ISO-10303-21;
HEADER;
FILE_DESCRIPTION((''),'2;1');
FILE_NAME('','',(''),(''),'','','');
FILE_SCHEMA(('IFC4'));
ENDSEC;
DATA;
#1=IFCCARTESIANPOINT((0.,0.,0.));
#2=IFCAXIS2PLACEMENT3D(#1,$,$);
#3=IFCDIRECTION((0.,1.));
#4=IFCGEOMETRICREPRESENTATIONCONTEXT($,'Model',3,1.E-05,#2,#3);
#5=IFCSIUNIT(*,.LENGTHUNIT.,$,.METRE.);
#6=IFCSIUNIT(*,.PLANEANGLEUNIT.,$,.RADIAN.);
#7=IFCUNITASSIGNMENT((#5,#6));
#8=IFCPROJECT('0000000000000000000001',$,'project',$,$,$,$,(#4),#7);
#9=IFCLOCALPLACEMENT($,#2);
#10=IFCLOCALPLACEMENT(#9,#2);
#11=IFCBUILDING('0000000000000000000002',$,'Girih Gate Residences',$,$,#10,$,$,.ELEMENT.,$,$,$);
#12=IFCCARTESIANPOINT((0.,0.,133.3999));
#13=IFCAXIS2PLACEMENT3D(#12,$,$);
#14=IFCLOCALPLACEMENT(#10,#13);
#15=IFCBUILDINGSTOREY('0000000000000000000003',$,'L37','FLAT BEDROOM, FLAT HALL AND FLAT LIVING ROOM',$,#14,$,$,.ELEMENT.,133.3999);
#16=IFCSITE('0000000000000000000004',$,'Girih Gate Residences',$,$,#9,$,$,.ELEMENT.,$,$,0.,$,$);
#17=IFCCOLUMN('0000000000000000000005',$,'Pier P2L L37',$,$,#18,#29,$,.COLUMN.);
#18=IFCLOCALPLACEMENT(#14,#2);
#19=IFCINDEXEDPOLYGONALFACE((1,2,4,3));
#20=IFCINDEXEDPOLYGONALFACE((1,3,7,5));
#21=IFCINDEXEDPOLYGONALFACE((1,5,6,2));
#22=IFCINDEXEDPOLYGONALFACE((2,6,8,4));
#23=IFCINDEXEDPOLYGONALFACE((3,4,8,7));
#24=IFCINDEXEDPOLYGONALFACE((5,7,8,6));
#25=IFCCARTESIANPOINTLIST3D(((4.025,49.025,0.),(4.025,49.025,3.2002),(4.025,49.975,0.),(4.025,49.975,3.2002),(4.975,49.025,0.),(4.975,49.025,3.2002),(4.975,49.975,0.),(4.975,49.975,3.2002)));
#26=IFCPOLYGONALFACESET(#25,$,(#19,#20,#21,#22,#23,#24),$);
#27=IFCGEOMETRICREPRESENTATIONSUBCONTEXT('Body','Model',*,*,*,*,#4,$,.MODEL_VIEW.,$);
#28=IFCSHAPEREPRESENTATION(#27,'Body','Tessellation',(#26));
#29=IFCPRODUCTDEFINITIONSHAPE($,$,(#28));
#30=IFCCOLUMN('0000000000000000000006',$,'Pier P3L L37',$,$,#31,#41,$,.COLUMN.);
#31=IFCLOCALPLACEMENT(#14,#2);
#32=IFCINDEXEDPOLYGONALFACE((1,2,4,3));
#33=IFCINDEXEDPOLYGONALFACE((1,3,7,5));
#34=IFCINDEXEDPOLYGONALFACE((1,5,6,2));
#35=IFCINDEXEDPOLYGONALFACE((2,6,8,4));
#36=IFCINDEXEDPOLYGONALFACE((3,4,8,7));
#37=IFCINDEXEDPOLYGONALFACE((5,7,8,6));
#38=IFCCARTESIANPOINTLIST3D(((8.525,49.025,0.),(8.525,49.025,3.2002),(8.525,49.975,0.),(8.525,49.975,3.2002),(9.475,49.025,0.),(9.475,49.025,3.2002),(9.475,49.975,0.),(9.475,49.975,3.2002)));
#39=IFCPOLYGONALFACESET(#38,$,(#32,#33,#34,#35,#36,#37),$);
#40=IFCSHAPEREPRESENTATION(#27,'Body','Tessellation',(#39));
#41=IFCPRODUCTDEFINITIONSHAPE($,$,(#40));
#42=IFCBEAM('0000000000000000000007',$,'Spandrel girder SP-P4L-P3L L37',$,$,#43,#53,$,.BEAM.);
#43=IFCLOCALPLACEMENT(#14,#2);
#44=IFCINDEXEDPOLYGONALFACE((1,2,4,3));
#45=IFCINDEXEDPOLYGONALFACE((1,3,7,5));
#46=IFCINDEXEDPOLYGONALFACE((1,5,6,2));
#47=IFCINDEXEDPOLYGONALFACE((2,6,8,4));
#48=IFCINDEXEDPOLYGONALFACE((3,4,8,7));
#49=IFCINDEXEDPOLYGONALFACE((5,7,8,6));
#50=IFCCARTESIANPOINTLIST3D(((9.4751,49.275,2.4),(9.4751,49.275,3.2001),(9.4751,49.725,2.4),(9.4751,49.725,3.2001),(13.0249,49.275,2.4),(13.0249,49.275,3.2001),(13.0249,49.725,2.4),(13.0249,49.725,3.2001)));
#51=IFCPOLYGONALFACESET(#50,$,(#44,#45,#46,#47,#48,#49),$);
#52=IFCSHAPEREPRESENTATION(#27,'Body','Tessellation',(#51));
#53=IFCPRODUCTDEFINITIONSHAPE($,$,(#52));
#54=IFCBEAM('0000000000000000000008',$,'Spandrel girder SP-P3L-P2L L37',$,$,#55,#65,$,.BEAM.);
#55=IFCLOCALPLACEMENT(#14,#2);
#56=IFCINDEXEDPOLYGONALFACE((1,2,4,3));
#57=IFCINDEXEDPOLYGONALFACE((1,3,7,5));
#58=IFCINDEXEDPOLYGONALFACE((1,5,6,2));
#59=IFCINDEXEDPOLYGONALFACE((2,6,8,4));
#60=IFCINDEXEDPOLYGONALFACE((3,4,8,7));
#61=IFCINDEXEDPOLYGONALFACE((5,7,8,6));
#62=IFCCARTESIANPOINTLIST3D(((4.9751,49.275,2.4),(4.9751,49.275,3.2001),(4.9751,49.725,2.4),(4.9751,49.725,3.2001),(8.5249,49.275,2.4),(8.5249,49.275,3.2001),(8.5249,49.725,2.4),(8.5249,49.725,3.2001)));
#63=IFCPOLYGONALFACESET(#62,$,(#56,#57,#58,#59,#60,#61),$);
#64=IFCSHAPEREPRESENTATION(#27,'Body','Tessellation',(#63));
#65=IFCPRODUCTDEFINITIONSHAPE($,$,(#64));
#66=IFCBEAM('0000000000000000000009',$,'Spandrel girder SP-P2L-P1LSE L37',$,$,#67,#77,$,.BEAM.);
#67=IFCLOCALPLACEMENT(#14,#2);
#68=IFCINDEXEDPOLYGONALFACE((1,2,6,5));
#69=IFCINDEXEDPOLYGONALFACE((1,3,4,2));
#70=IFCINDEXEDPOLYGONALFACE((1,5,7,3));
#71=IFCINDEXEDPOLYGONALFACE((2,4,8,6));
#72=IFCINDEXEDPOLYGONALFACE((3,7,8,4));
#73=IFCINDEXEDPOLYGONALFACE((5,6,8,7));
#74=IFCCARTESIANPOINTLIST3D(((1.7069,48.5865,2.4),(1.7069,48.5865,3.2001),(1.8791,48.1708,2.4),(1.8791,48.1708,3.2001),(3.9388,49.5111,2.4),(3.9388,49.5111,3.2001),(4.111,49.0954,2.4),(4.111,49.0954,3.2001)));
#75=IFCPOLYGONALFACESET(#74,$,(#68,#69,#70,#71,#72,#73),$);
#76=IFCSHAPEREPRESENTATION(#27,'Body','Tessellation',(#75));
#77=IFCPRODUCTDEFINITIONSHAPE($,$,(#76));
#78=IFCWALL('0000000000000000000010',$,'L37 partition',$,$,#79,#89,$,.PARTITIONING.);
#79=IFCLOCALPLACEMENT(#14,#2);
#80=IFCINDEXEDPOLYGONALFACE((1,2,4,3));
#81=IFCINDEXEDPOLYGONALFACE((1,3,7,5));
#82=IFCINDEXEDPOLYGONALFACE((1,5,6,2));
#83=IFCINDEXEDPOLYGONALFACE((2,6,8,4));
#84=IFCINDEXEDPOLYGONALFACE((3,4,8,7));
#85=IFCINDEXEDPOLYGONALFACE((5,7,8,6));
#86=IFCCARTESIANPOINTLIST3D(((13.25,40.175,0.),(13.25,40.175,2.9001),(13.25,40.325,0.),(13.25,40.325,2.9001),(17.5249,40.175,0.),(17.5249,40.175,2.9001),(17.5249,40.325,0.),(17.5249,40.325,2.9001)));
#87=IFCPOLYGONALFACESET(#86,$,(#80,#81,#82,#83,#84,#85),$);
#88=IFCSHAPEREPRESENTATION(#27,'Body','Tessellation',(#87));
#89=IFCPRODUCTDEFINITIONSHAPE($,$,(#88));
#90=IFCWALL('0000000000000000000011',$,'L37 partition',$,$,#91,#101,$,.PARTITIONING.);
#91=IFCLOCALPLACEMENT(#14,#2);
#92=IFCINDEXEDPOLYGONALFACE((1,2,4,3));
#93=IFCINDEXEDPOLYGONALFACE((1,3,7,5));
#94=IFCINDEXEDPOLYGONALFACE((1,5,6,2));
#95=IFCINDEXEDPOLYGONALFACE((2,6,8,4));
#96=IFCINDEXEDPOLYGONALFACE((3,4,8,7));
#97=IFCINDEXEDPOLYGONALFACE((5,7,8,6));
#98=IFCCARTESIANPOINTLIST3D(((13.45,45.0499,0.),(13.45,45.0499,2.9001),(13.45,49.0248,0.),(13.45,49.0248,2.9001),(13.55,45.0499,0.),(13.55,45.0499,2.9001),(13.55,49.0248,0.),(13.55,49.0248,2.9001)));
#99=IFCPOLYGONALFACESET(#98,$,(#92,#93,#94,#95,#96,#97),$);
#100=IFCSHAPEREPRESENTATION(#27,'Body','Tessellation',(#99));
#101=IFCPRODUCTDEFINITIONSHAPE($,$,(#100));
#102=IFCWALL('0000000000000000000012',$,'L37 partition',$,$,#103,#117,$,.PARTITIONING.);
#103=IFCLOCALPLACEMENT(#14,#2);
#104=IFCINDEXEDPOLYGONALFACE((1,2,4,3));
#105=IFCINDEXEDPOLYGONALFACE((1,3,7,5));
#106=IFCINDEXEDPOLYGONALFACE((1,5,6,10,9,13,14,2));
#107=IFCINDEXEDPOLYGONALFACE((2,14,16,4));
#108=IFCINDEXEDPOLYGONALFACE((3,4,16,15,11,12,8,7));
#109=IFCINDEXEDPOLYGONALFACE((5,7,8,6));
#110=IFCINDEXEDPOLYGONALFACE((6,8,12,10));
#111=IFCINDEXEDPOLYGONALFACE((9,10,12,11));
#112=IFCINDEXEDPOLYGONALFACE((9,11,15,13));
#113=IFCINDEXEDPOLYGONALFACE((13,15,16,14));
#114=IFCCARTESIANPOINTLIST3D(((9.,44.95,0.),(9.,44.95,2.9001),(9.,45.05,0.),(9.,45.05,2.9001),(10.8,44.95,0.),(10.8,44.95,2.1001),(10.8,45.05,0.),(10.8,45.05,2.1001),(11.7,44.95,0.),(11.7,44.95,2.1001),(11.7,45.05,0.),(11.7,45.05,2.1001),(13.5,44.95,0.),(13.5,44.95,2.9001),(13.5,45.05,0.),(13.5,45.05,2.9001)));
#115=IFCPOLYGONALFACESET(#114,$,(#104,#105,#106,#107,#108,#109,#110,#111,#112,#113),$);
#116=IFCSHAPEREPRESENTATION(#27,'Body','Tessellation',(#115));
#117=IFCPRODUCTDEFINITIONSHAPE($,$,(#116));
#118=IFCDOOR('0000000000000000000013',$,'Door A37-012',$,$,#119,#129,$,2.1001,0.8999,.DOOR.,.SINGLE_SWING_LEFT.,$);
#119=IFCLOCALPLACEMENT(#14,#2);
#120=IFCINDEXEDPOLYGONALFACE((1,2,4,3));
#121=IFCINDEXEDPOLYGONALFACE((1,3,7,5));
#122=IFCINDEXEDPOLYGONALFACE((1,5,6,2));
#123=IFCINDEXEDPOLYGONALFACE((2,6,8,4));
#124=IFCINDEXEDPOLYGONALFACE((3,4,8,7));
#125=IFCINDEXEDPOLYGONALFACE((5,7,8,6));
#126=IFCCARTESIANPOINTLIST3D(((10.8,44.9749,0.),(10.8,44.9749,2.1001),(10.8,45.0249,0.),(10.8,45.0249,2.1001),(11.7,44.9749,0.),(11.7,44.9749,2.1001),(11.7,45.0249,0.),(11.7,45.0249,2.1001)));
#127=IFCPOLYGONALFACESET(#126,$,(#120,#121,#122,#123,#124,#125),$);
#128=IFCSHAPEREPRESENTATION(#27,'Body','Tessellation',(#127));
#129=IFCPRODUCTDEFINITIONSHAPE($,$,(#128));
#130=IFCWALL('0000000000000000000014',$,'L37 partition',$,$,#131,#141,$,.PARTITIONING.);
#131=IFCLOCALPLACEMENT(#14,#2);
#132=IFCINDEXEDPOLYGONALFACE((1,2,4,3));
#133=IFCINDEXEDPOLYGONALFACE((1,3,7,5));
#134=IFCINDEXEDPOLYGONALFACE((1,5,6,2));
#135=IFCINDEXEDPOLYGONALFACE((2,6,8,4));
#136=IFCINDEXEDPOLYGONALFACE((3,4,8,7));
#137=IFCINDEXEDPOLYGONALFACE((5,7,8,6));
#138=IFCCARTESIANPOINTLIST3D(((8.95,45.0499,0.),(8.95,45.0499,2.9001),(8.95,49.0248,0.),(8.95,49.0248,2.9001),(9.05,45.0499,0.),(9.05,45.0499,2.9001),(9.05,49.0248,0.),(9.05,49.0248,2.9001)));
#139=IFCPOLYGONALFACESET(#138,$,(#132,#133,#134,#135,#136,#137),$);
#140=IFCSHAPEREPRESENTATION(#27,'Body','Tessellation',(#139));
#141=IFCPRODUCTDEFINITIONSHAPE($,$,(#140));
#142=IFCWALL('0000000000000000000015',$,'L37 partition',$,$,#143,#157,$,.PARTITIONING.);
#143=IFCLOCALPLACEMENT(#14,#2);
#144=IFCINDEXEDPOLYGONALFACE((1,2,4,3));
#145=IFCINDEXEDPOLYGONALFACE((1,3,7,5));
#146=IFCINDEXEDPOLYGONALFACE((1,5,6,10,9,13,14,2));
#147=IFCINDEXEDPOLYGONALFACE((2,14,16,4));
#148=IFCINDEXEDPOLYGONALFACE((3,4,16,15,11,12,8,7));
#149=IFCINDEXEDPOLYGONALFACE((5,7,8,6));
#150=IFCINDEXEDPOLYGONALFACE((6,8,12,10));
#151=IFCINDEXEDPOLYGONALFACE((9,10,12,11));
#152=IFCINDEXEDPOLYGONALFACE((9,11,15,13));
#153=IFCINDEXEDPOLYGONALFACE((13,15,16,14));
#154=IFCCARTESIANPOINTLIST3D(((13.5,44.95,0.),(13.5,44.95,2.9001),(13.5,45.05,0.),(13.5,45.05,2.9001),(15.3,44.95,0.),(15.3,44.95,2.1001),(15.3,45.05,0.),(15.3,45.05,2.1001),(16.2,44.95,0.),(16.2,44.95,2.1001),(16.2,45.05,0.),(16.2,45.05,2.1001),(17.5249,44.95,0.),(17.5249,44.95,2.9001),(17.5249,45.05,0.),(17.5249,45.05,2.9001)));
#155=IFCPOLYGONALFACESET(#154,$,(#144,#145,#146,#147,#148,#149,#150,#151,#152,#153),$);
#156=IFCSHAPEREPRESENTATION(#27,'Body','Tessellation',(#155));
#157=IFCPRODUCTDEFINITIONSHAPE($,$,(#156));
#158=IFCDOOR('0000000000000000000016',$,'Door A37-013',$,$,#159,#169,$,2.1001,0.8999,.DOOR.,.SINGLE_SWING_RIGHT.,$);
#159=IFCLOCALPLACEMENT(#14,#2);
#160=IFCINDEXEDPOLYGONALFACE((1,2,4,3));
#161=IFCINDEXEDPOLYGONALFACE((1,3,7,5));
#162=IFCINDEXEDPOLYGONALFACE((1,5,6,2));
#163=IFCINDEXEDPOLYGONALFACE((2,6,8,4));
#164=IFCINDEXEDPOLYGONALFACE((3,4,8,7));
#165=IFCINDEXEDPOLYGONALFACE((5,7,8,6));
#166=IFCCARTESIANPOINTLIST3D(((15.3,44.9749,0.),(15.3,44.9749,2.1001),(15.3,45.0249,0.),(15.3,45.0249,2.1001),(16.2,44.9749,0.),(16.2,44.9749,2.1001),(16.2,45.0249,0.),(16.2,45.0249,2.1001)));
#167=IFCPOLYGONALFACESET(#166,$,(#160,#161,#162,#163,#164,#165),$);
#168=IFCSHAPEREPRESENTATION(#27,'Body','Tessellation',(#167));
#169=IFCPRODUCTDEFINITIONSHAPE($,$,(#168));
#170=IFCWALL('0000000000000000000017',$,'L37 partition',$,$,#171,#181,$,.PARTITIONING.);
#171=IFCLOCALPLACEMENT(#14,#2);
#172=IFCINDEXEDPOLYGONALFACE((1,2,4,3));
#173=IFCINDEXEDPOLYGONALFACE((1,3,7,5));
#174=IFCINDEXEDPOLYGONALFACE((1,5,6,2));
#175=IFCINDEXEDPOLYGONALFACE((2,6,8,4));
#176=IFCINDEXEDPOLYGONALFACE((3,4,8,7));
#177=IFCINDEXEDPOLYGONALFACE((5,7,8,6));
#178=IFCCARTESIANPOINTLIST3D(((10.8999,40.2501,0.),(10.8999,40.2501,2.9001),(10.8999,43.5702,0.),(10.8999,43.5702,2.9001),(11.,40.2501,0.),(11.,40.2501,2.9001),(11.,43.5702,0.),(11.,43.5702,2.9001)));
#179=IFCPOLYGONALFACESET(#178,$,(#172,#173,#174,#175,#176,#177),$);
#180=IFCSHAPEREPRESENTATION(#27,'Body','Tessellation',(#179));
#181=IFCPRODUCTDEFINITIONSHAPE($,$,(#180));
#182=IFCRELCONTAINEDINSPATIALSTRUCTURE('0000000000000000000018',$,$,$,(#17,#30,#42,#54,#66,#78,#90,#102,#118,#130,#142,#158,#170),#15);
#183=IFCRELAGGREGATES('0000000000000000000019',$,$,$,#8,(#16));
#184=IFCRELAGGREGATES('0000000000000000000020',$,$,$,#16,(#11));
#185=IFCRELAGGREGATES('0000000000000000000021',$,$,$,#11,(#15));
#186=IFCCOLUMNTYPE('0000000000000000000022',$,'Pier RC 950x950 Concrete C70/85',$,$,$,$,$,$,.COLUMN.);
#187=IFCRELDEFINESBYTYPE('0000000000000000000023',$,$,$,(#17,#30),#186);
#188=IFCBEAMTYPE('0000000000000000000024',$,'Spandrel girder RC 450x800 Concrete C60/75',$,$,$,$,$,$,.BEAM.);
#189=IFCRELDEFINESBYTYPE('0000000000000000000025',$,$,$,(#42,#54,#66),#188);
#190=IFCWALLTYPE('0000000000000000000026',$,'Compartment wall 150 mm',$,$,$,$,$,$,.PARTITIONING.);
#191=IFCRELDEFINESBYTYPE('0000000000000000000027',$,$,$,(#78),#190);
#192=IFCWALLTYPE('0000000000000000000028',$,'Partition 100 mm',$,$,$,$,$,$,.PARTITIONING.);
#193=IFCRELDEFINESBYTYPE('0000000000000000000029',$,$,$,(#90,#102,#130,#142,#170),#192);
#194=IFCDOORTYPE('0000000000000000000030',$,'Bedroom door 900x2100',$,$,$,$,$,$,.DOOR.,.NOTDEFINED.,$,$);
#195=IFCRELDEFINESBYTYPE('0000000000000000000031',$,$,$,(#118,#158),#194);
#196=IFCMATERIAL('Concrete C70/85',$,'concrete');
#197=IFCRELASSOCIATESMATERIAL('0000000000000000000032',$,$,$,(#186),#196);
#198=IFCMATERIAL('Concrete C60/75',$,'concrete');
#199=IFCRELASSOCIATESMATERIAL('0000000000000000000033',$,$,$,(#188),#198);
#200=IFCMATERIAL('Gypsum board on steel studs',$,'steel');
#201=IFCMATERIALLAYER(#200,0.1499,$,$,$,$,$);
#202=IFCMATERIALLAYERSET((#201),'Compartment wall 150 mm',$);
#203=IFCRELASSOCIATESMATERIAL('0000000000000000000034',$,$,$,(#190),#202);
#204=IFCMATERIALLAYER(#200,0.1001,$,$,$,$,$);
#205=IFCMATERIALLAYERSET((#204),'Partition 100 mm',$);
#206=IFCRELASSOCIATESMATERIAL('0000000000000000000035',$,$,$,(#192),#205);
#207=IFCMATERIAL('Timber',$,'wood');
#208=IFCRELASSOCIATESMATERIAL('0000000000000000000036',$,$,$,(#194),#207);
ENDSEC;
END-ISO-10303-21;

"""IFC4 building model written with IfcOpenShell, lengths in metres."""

from ifc_helpers import new_model, si_unit, direction, frame, frame_2d, origin, origin_2d, place, context, subcontext, project, spatial, rectangle, extrude, material, layer, layer_set, material_profile, profile_set, type_object, element, fill, save


model = new_model("IFC4")

# Units and contexts
model_context = context("Model", 3, precision=1e-05, world=origin(), true_north=direction((0.0, 1.0)))
body_context = subcontext(model_context, "Body", "Model", "MODEL_VIEW")
ifc_project = project(units=[si_unit("LENGTHUNIT", "METRE"), si_unit("PLANEANGLEUNIT", "RADIAN")], contexts=[model_context])

# Site, building, storey
site_placement = place(None, origin())
site = spatial("IfcSite", under=ifc_project, at=site_placement, Name="Girih Gate Residences", CompositionType="ELEMENT", RefElevation=0.0)
building_placement = place(site_placement, origin())
building = spatial("IfcBuilding", under=site, at=building_placement, Name="Girih Gate Residences", CompositionType="ELEMENT")
storey_placement = place(building_placement, frame((0.0, 0.0, 133.3999)))
storey = spatial("IfcBuildingStorey", under=building, at=storey_placement, Name="L37", Description="FLAT BEDROOM, FLAT HALL AND FLAT LIVING ROOM", CompositionType="ELEMENT", Elevation=133.3999)

# Columns
ifc_material_1 = material(Name="Concrete C70/85", Category="concrete")
ifc_material_profile_1 = material_profile(ifc_material_1, rectangle(XDim=0.95, YDim=0.95, at=origin_2d()))
ifc_profile_set_1 = profile_set([ifc_material_profile_1], Name="Concrete C70/85")
column_type = type_object("IfcColumnType", Name="Pier RC 950x950 Concrete C70/85", PredefinedType="COLUMN", material=ifc_profile_set_1)
for number, where, z_axis, x_axis, name in (
    (1, (4.5, 49.5, 0.0), (0.0, 0.0, 1.0), (1.0, 0.0, 0.0), "Pier P2L L37"),
    (2, (9.0, 49.5, 0.0), (0.0, 0.0, 1.0), (1.0, 0.0, 0.0), "Pier P3L L37"),
):
    element("IfcColumn", number, at=place(storey_placement, frame(where, z_axis=z_axis, x_axis=x_axis)), inside=storey, type_object=column_type, Name=name, PredefinedType="COLUMN", context=body_context, shape_type="SweptSolid", body=[
        extrude(rectangle(XDim=0.95, YDim=0.95, at=origin_2d()), origin(), (0.0, 0.0, 1.0), 3.2002),
    ])

# Beams
ifc_material_2 = material(Name="Concrete C60/75", Category="concrete")
ifc_material_profile_2 = material_profile(ifc_material_2, rectangle(XDim=0.45, YDim=0.8, at=origin_2d()))
ifc_profile_set_2 = profile_set([ifc_material_profile_2], Name="Concrete C60/75")
beam_type = type_object("IfcBeamType", Name="Spandrel girder RC 450x800 Concrete C60/75", PredefinedType="BEAM", material=ifc_profile_set_2)
for number, where, z_axis, x_axis, name in (
    (3, (13.0249, 49.5, 2.8), (-1.0, 0.0, 0.0), (0.0, -1.0, 0.0), "Spandrel girder SP-P4L-P3L L37"),
    (4, (8.5249, 49.5, 2.8), (-1.0, 0.0, 0.0), (0.0, -1.0, 0.0), "Spandrel girder SP-P3L-P2L L37"),
):
    element("IfcBeam", number, at=place(storey_placement, frame(where, z_axis=z_axis, x_axis=x_axis)), inside=storey, type_object=beam_type, Name=name, PredefinedType="BEAM", context=body_context, shape_type="SweptSolid", body=[
        extrude(rectangle(XDim=0.45, YDim=0.8, at=origin_2d()), origin(), (0.0, 0.0, 1.0), 3.5498),
    ])
beam_placement = place(storey_placement, frame((4.0249, 49.3032, 2.8), z_axis=(-0.92387, -0.382706, 0.0), x_axis=(0.382706, -0.92387, 0.0)))
element("IfcBeam", 5, at=beam_placement, inside=storey, type_object=beam_type, Name="Spandrel girder SP-P2L-P1LSE L37", PredefinedType="BEAM", context=body_context, shape_type="SweptSolid", body=[
    extrude(rectangle(XDim=0.45, YDim=0.8, at=origin_2d()), origin(), (0.0, 0.0, 1.0), 2.4158),
])

# Walls
ifc_material_3 = material(Name="Gypsum board on steel studs", Category="steel")
ifc_layer_1 = layer(ifc_material_3, 0.1499)
ifc_layer_set_1 = layer_set([ifc_layer_1], Name="Compartment wall 150 mm")
wall_type_1 = type_object("IfcWallType", Name="Compartment wall 150 mm", PredefinedType="PARTITIONING", material=ifc_layer_set_1)
wall_1_placement = place(storey_placement, frame((13.25, 40.25, 0.0), z_axis=(0.0, 0.0, 1.0), x_axis=(1.0, 0.0, 0.0)))
element("IfcWall", 6, at=wall_1_placement, inside=storey, type_object=wall_type_1, Name="L37 partition", PredefinedType="PARTITIONING", context=body_context, shape_type="SweptSolid", body=[
    extrude(rectangle(XDim=4.2749, YDim=0.1499, at=frame_2d((2.1375, 0.0))), origin(), (0.0, 0.0, 1.0), 2.9001),
])
ifc_layer_2 = layer(ifc_material_3, 0.1001)
ifc_layer_set_2 = layer_set([ifc_layer_2], Name="Partition 100 mm")
wall_type_2 = type_object("IfcWallType", Name="Partition 100 mm", PredefinedType="PARTITIONING", material=ifc_layer_set_2)
wall_2_placement = place(storey_placement, frame((13.5, 45.05, 0.0), z_axis=(0.0, 0.0, 1.0), x_axis=(0.0, 1.0, 0.0)))
element("IfcWall", 7, at=wall_2_placement, inside=storey, type_object=wall_type_2, Name="L37 partition", PredefinedType="PARTITIONING", context=body_context, shape_type="SweptSolid", body=[
    extrude(rectangle(XDim=3.9749, YDim=0.1001, at=frame_2d((1.9873, 0.0))), origin(), (0.0, 0.0, 1.0), 2.9001),
])

# Wall, opening, door
wall_3_placement = place(storey_placement, frame((9.0, 45.0, 0.0), z_axis=(0.0, 0.0, 1.0), x_axis=(1.0, 0.0, 0.0)))
wall_3 = element("IfcWall", 8, at=wall_3_placement, inside=storey, type_object=wall_type_2, Name="L37 partition", PredefinedType="PARTITIONING", context=body_context, shape_type="SweptSolid", body=[
    extrude(rectangle(XDim=4.5, YDim=0.1001, at=frame_2d((2.25, 0.0))), origin(), (0.0, 0.0, 1.0), 2.9001),
])
opening_1_placement = place(wall_3_placement, frame((1.8, 0.0, 0.0)))
opening_1 = element("IfcOpeningElement", 9, at=opening_1_placement, cuts=wall_3, PredefinedType="OPENING", context=body_context, shape_type="SweptSolid", body=[
    extrude(rectangle(XDim=0.8999, YDim=2.1001, at=frame_2d((0.45, 1.05))), frame((0.0, 0.0601, 0.0), z_axis=(0.0, -1.0, 0.0), x_axis=(1.0, 0.0, 0.0)), (0.0, 0.0, 1.0), 0.1201),
])
ifc_material_4 = material(Name="Timber", Category="wood")
door_type = type_object("IfcDoorType", Name="Bedroom door 900x2100", OperationType="NOTDEFINED", PredefinedType="DOOR", material=ifc_material_4)
door_1_placement = place(opening_1_placement, origin())
door_1 = element("IfcDoor", 10, at=door_1_placement, inside=storey, type_object=door_type, Name="Door A37-012", OperationType="SINGLE_SWING_LEFT", OverallHeight=2.1001, OverallWidth=0.8999, PredefinedType="DOOR", context=body_context, shape_type="SweptSolid", body=[
    extrude(rectangle(XDim=0.8999, YDim=2.1001, at=frame_2d((0.45, 1.05))), frame((0.0, 0.0249, 0.0), z_axis=(0.0, -1.0, 0.0), x_axis=(1.0, 0.0, 0.0)), (0.0, 0.0, 1.0), 0.05),
])
fill(opening_1, door_1)

# Wall
wall_4_placement = place(storey_placement, frame((9.0, 45.05, 0.0), z_axis=(0.0, 0.0, 1.0), x_axis=(0.0, 1.0, 0.0)))
element("IfcWall", 11, at=wall_4_placement, inside=storey, type_object=wall_type_2, Name="L37 partition", PredefinedType="PARTITIONING", context=body_context, shape_type="SweptSolid", body=[
    extrude(rectangle(XDim=3.9749, YDim=0.1001, at=frame_2d((1.9873, 0.0))), origin(), (0.0, 0.0, 1.0), 2.9001),
])

# Wall, opening, door
wall_5_placement = place(storey_placement, frame((13.5, 45.0, 0.0), z_axis=(0.0, 0.0, 1.0), x_axis=(1.0, 0.0, 0.0)))
wall_5 = element("IfcWall", 12, at=wall_5_placement, inside=storey, type_object=wall_type_2, Name="L37 partition", PredefinedType="PARTITIONING", context=body_context, shape_type="SweptSolid", body=[
    extrude(rectangle(XDim=4.0249, YDim=0.1001, at=frame_2d((2.0125, 0.0))), origin(), (0.0, 0.0, 1.0), 2.9001),
])
opening_2_placement = place(wall_5_placement, frame((1.8, 0.0, 0.0)))
opening_2 = element("IfcOpeningElement", 13, at=opening_2_placement, cuts=wall_5, PredefinedType="OPENING", context=body_context, shape_type="SweptSolid", body=[
    extrude(rectangle(XDim=0.8999, YDim=2.1001, at=frame_2d((0.45, 1.05))), frame((0.0, 0.0601, 0.0), z_axis=(0.0, -1.0, 0.0), x_axis=(1.0, 0.0, 0.0)), (0.0, 0.0, 1.0), 0.1201),
])
door_2_placement = place(opening_2_placement, origin())
door_2 = element("IfcDoor", 14, at=door_2_placement, inside=storey, type_object=door_type, Name="Door A37-013", OperationType="SINGLE_SWING_RIGHT", OverallHeight=2.1001, OverallWidth=0.8999, PredefinedType="DOOR", context=body_context, shape_type="SweptSolid", body=[
    extrude(rectangle(XDim=0.8999, YDim=2.1001, at=frame_2d((0.45, 1.05))), frame((0.0, 0.0249, 0.0), z_axis=(0.0, -1.0, 0.0), x_axis=(1.0, 0.0, 0.0)), (0.0, 0.0, 1.0), 0.05),
])
fill(opening_2, door_2)

# Wall
wall_6_placement = place(storey_placement, frame((10.95, 40.25, 0.0), z_axis=(0.0, 0.0, 1.0), x_axis=(0.0, 1.0, 0.0)))
element("IfcWall", 15, at=wall_6_placement, inside=storey, type_object=wall_type_2, Name="L37 partition", PredefinedType="PARTITIONING", context=body_context, shape_type="SweptSolid", body=[
    extrude(rectangle(XDim=3.3201, YDim=0.1001, at=frame_2d((1.6602, 0.0))), origin(), (0.0, 0.0, 1.0), 2.9001),
])

save(model, "model.ifc")
